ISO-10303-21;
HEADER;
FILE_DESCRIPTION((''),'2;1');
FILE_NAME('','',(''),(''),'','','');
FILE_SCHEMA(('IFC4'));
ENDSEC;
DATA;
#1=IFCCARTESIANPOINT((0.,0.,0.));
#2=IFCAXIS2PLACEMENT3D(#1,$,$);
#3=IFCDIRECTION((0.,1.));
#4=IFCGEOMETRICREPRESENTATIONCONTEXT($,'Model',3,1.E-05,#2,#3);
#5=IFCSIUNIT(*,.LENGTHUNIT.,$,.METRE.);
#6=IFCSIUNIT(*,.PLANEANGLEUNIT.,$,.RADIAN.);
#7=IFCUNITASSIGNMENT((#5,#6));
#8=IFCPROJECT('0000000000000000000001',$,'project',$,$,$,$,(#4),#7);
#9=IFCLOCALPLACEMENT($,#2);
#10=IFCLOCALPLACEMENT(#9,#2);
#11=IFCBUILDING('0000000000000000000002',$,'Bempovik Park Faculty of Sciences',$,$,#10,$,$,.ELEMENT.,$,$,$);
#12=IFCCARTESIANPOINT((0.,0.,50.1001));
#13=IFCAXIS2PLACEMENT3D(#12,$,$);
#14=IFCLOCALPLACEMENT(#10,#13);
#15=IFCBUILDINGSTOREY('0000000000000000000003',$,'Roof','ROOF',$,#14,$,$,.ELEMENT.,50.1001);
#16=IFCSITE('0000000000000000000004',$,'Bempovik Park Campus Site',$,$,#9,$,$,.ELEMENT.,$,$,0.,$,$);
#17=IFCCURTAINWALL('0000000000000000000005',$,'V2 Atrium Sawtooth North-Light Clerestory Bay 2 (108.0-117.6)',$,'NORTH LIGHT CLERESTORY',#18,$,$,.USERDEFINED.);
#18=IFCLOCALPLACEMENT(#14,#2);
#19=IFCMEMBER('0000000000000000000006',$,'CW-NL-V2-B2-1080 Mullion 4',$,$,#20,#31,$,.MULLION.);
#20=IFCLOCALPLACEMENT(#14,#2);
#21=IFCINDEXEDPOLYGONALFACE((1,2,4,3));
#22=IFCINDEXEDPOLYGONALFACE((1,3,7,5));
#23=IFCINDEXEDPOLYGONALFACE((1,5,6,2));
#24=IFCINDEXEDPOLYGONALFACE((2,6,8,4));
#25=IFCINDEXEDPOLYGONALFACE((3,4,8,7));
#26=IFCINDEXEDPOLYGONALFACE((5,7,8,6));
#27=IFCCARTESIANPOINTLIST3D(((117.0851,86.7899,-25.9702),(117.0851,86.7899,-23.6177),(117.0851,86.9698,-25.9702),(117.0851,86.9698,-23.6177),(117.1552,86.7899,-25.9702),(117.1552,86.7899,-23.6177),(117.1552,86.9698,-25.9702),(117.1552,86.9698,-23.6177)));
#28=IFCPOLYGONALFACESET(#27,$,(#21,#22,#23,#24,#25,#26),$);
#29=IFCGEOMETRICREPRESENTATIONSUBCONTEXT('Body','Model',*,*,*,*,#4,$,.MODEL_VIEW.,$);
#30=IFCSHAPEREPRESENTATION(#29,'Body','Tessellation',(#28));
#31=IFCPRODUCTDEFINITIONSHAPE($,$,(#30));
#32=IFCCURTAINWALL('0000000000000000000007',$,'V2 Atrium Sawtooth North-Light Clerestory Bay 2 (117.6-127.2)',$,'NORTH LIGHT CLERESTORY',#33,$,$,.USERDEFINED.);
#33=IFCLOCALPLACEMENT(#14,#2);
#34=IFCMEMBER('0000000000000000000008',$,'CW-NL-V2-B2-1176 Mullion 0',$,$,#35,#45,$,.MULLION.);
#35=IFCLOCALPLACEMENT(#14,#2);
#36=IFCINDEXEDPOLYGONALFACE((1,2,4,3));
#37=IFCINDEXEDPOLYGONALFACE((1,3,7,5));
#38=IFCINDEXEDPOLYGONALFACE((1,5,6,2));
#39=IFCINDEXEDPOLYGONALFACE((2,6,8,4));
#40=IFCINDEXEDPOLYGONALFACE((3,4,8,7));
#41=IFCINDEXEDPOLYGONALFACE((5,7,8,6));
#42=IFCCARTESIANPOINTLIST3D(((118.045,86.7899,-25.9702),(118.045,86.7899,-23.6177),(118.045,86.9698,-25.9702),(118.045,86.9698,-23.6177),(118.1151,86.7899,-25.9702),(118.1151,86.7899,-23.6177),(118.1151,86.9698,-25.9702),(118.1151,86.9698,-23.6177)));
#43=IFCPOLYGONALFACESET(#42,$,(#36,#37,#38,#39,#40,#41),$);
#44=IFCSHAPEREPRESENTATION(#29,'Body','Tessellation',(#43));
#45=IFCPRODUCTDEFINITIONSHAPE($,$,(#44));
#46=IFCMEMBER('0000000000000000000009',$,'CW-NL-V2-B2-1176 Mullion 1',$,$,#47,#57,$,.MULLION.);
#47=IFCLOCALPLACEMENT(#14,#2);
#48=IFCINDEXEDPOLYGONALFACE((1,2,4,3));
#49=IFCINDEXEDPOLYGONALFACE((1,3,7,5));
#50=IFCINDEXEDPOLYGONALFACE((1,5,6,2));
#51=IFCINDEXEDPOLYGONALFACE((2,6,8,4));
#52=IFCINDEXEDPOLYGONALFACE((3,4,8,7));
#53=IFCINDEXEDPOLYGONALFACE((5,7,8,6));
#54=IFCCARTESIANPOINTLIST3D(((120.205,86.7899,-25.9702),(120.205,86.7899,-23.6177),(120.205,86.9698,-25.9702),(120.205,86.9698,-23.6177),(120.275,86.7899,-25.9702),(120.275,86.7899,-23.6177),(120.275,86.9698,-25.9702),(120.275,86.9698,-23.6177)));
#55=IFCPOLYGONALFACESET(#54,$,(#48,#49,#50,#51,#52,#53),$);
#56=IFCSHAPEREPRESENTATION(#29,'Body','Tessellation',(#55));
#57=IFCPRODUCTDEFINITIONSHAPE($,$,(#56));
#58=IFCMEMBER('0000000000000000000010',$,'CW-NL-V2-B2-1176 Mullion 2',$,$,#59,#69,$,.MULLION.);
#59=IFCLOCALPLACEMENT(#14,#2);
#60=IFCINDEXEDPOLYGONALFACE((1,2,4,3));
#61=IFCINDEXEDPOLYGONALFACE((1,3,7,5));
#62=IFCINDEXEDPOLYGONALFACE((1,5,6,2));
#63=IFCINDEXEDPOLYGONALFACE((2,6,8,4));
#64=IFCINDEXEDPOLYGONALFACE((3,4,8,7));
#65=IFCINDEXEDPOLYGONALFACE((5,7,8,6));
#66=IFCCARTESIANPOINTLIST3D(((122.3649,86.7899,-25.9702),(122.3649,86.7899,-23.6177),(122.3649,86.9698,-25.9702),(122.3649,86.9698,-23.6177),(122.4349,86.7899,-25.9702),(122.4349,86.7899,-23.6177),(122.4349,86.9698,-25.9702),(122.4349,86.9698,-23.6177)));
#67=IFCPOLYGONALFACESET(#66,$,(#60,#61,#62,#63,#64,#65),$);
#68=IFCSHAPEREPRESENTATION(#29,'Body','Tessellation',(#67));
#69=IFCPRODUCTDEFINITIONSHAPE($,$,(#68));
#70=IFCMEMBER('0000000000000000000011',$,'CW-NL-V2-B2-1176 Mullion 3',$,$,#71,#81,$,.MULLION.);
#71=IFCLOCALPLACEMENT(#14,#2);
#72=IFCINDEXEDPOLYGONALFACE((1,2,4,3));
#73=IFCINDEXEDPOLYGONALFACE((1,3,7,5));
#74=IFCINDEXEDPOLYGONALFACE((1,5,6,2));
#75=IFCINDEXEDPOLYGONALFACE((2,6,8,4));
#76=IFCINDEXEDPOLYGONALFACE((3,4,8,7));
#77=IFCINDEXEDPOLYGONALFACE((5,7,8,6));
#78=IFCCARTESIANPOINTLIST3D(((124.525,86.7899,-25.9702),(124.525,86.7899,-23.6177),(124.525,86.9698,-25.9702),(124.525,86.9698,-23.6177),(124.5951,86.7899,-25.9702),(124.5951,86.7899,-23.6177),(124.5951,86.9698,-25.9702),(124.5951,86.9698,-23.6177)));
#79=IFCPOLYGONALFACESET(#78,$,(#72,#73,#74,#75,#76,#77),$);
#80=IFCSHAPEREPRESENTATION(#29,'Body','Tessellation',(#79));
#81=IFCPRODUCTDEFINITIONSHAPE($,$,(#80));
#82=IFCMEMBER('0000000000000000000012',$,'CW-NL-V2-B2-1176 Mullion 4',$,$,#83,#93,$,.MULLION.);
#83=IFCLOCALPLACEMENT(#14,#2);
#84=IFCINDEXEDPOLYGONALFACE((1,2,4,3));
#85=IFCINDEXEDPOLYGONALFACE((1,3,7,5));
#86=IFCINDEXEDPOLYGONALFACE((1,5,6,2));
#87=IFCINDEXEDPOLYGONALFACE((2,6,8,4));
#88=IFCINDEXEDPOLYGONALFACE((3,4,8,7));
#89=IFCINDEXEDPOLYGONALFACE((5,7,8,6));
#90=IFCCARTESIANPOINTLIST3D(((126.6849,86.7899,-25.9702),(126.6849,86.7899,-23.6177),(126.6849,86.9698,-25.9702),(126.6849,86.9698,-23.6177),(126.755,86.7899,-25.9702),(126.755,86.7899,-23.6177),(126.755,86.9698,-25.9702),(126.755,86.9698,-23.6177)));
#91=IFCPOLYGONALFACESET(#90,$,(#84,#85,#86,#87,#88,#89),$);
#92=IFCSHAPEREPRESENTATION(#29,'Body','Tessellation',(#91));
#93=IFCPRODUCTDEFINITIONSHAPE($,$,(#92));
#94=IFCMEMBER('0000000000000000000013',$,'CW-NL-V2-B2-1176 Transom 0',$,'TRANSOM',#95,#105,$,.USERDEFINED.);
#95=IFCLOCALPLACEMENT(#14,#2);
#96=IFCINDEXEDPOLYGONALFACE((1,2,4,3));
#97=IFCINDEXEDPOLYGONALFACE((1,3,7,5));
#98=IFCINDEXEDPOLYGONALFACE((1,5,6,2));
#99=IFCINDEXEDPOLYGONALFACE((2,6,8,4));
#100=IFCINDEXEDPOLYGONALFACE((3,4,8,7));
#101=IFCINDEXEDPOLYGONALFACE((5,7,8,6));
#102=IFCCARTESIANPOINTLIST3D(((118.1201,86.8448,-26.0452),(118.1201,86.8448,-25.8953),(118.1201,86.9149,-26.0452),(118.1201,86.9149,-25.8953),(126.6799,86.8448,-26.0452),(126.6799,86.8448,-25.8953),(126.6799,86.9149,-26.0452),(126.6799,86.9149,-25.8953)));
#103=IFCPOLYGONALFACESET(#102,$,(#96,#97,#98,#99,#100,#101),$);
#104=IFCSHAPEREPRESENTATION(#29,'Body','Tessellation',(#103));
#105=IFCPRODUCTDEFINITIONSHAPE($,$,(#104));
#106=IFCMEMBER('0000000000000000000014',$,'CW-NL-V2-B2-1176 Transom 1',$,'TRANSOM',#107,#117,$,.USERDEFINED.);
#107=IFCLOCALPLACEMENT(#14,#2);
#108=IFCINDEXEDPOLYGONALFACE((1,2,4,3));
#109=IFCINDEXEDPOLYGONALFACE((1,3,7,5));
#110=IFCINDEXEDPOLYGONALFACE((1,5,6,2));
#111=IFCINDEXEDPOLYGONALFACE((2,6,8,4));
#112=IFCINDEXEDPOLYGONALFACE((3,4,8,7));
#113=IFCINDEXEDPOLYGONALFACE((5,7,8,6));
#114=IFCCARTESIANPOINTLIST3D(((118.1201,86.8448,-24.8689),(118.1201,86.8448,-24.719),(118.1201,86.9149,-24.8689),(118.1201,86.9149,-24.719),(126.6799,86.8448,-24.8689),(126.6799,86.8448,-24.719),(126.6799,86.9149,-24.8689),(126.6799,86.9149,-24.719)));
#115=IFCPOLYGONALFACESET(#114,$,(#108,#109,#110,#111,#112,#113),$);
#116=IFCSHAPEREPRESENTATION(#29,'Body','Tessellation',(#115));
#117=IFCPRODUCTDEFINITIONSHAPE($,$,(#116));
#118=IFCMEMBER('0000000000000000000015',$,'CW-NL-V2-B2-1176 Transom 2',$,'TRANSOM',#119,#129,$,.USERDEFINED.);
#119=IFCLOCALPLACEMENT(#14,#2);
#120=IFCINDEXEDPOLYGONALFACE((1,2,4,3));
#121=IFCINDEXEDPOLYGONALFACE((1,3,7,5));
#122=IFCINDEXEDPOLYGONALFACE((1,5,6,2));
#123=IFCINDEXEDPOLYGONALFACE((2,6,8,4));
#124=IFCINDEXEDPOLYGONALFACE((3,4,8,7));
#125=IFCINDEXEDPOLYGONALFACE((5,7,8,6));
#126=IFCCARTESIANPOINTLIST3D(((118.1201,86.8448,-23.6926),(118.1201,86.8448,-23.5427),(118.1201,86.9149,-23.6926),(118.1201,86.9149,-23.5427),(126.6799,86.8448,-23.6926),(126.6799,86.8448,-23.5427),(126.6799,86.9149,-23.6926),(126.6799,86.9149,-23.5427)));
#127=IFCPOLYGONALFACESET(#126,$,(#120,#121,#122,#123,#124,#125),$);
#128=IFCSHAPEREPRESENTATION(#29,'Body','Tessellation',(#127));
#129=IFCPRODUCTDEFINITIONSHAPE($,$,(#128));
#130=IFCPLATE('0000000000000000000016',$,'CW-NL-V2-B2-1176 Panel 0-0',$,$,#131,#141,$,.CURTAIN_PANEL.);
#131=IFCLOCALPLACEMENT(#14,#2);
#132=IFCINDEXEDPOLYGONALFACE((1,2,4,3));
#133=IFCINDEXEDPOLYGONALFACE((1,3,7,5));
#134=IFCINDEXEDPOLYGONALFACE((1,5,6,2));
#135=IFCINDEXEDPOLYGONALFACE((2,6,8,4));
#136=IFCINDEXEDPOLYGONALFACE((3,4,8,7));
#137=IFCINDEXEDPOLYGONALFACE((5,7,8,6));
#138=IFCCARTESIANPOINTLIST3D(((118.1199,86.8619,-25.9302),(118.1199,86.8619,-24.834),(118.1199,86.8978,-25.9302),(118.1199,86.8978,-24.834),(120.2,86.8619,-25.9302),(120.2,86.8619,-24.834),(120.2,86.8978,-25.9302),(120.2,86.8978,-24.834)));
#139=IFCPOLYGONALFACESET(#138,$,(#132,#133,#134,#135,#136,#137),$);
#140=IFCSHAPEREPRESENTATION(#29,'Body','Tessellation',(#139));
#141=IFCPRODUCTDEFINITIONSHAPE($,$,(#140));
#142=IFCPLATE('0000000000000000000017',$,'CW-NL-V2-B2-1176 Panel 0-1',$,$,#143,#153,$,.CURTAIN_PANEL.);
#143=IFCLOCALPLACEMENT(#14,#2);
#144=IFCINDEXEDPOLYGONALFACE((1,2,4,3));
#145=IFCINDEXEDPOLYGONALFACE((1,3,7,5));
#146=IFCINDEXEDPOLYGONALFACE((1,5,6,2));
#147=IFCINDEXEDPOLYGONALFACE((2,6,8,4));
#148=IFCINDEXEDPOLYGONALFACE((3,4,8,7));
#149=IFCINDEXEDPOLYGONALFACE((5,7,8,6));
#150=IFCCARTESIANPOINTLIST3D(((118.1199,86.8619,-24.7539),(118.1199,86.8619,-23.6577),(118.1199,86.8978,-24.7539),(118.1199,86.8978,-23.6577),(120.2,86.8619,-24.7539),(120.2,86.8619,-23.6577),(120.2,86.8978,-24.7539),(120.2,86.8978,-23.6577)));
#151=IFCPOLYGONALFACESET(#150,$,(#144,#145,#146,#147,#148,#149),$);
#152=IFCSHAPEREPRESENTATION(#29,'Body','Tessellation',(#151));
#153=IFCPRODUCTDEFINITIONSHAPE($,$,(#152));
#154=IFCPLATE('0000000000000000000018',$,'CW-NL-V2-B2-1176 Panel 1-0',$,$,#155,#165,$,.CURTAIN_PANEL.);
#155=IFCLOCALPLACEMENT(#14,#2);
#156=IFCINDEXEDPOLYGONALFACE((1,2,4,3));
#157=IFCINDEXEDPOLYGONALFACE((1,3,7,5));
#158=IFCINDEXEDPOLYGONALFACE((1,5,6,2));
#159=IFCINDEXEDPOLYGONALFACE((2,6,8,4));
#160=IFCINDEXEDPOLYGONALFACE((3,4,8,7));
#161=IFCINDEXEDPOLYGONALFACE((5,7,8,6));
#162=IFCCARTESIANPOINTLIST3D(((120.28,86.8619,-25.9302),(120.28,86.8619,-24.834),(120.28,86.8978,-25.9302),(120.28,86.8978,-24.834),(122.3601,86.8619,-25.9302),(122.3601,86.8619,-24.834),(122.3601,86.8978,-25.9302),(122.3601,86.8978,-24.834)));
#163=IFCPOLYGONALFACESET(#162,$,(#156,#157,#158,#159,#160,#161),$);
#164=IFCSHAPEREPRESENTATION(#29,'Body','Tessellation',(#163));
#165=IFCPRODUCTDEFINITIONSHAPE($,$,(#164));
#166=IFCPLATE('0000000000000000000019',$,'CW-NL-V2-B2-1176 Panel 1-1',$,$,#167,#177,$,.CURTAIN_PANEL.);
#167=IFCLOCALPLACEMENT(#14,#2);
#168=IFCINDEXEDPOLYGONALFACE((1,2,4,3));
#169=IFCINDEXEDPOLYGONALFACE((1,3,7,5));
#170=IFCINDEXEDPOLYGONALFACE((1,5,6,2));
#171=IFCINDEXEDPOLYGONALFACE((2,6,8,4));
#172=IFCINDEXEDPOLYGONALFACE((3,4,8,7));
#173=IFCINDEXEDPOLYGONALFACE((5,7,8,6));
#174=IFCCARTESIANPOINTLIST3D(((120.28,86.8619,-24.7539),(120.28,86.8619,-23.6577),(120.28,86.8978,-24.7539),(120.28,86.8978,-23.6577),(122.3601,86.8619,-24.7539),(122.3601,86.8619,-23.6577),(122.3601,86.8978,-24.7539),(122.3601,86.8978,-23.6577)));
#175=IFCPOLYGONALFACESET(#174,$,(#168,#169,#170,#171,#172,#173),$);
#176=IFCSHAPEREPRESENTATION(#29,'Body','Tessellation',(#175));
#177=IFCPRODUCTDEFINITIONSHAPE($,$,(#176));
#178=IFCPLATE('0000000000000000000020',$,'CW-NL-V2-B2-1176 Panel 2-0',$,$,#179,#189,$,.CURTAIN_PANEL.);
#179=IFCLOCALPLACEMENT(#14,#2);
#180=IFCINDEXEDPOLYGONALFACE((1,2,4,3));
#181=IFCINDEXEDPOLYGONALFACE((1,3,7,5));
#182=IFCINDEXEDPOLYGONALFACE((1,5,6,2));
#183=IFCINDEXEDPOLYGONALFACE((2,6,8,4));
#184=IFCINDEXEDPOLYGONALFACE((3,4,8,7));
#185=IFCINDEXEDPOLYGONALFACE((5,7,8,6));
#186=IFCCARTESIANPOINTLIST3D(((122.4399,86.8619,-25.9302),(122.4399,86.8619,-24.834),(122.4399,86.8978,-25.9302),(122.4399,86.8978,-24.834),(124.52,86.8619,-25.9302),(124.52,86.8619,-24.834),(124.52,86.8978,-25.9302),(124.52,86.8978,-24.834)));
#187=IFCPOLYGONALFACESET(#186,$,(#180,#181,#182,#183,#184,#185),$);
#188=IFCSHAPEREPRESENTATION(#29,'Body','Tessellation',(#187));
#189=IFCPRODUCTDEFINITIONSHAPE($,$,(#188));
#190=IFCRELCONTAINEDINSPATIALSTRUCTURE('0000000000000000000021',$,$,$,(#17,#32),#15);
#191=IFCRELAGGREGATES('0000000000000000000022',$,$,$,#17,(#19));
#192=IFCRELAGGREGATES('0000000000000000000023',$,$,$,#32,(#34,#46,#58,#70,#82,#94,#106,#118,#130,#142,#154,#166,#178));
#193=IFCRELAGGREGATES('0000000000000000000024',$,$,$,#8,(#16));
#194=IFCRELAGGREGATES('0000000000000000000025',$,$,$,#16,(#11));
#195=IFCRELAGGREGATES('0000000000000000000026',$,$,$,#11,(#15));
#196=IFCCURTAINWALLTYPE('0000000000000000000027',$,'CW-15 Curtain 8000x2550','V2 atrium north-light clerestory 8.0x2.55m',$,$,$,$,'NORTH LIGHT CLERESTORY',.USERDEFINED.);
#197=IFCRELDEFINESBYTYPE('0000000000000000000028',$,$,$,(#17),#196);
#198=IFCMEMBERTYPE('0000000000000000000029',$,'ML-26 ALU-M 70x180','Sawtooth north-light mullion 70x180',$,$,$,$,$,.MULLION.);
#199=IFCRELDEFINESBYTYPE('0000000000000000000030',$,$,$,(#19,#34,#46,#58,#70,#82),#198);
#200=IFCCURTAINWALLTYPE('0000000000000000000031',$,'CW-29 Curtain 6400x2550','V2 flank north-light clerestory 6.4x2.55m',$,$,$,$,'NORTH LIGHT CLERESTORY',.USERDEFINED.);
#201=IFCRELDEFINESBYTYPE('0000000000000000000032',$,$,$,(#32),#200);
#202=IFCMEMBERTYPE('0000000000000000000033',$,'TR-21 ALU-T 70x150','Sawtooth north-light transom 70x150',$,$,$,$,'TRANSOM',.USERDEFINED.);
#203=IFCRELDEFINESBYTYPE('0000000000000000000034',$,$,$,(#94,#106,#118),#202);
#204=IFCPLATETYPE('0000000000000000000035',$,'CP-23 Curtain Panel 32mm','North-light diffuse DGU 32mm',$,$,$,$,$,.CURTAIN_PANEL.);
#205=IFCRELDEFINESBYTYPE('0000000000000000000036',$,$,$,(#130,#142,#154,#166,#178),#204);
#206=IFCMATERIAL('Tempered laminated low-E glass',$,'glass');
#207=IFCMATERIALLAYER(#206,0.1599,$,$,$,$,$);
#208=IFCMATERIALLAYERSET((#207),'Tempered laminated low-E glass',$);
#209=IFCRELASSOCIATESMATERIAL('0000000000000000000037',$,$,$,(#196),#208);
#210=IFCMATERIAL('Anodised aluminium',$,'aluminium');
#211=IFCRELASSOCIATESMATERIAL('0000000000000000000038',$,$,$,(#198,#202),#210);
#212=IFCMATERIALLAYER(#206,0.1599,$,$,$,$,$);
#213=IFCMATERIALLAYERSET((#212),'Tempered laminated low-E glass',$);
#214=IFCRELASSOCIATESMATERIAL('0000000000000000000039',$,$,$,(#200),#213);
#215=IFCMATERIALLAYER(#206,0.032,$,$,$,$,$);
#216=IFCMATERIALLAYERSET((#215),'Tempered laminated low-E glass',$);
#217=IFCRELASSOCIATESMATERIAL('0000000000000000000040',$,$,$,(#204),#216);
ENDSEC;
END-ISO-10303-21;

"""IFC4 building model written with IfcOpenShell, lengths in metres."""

from ifc_helpers import new_model, si_unit, direction, frame, origin, origin_2d, place, context, subcontext, project, spatial, rectangle, extrude, material, layer, layer_set, material_profile, profile_set, type_object, element, aggregate, save


model = new_model("IFC4")

# Units and contexts
model_context = context("Model", 3, precision=1e-05, world=origin(), true_north=direction((0.0, 1.0)))
body_context = subcontext(model_context, "Body", "Model", "MODEL_VIEW")
ifc_project = project(units=[si_unit("LENGTHUNIT", "METRE"), si_unit("PLANEANGLEUNIT", "RADIAN")], contexts=[model_context])

# Site, building, storey
site_placement = place(None, origin())
site = spatial("IfcSite", under=ifc_project, at=site_placement, Name="Bempovik Park Campus Site", CompositionType="ELEMENT", RefElevation=0.0)
building_placement = place(site_placement, origin())
building = spatial("IfcBuilding", under=site, at=building_placement, Name="Bempovik Park Faculty of Sciences", CompositionType="ELEMENT")
storey_placement = place(building_placement, frame((0.0, 0.0, 50.1001)))
storey = spatial("IfcBuildingStorey", under=building, at=storey_placement, Name="Roof", Description="ROOF", CompositionType="ELEMENT", Elevation=50.1001)

# Curtain wall, member
ifc_material_1 = material(Name="Tempered laminated low-E glass", Category="glass")
ifc_layer_1 = layer(ifc_material_1, 0.1599)
ifc_layer_set_1 = layer_set([ifc_layer_1], Name="Tempered laminated low-E glass")
curtain_wall_type_1 = type_object("IfcCurtainWallType", Name="CW-15 Curtain 8000x2550", Description="V2 atrium north-light clerestory 8.0x2.55m", ElementType="NORTH LIGHT CLERESTORY", PredefinedType="USERDEFINED", material=ifc_layer_set_1)
curtain_wall_1_placement = place(storey_placement, origin())
curtain_wall_1 = element("IfcCurtainWall", 1, at=curtain_wall_1_placement, inside=storey, type_object=curtain_wall_type_1, Name="V2 Atrium Sawtooth North-Light Clerestory Bay 2 (108.0-117.6)", ObjectType="NORTH LIGHT CLERESTORY", PredefinedType="USERDEFINED")
ifc_material_2 = material(Name="Anodised aluminium", Category="aluminium")
ifc_material_profile_1 = material_profile(ifc_material_2, rectangle(XDim=0.0701, YDim=0.1799, at=origin_2d()), Name="ALU-M 70x180")
ifc_profile_set_1 = profile_set([ifc_material_profile_1], Name="Anodised aluminium")
member_type_1 = type_object("IfcMemberType", Name="ML-26 ALU-M 70x180", Description="Sawtooth north-light mullion 70x180", PredefinedType="MULLION", material=ifc_profile_set_1)
member_1_placement = place(storey_placement, frame((117.1201, 86.8799, -25.9702), z_axis=(0.0, 0.0, 1.0), x_axis=(1.0, 0.0, 0.0)))
member_1 = element("IfcMember", 2, at=member_1_placement, type_object=member_type_1, Name="CW-NL-V2-B2-1080 Mullion 4", PredefinedType="MULLION", context=body_context, shape_type="SweptSolid", body=[
    extrude(rectangle(XDim=0.0701, YDim=0.1799, at=origin_2d()), origin(), (0.0, 0.0, 1.0), 2.3525),
])
aggregate(curtain_wall_1, [member_1])

# Curtain wall, members, plates
ifc_layer_2 = layer(ifc_material_1, 0.1599)
ifc_layer_set_2 = layer_set([ifc_layer_2], Name="Tempered laminated low-E glass")
curtain_wall_type_2 = type_object("IfcCurtainWallType", Name="CW-29 Curtain 6400x2550", Description="V2 flank north-light clerestory 6.4x2.55m", ElementType="NORTH LIGHT CLERESTORY", PredefinedType="USERDEFINED", material=ifc_layer_set_2)
curtain_wall_2_placement = place(storey_placement, origin())
curtain_wall_2 = element("IfcCurtainWall", 3, at=curtain_wall_2_placement, inside=storey, type_object=curtain_wall_type_2, Name="V2 Atrium Sawtooth North-Light Clerestory Bay 2 (117.6-127.2)", ObjectType="NORTH LIGHT CLERESTORY", PredefinedType="USERDEFINED")
member_2_placement = place(storey_placement, frame((118.0801, 86.8799, -25.9702), z_axis=(0.0, 0.0, 1.0), x_axis=(1.0, 0.0, 0.0)))
member_2 = element("IfcMember", 4, at=member_2_placement, type_object=member_type_1, Name="CW-NL-V2-B2-1176 Mullion 0", PredefinedType="MULLION", context=body_context, shape_type="SweptSolid", body=[
    extrude(rectangle(XDim=0.0701, YDim=0.1799, at=origin_2d()), origin(), (0.0, 0.0, 1.0), 2.3525),
])
member_3_placement = place(storey_placement, frame((120.24, 86.8799, -25.9702), z_axis=(0.0, 0.0, 1.0), x_axis=(1.0, 0.0, 0.0)))
member_3 = element("IfcMember", 5, at=member_3_placement, type_object=member_type_1, Name="CW-NL-V2-B2-1176 Mullion 1", PredefinedType="MULLION", context=body_context, shape_type="SweptSolid", body=[
    extrude(rectangle(XDim=0.0701, YDim=0.1799, at=origin_2d()), origin(), (0.0, 0.0, 1.0), 2.3525),
])
member_4_placement = place(storey_placement, frame((122.3999, 86.8799, -25.9702), z_axis=(0.0, 0.0, 1.0), x_axis=(1.0, 0.0, 0.0)))
member_4 = element("IfcMember", 6, at=member_4_placement, type_object=member_type_1, Name="CW-NL-V2-B2-1176 Mullion 2", PredefinedType="MULLION", context=body_context, shape_type="SweptSolid", body=[
    extrude(rectangle(XDim=0.0701, YDim=0.1799, at=origin_2d()), origin(), (0.0, 0.0, 1.0), 2.3525),
])
member_5_placement = place(storey_placement, frame((124.5601, 86.8799, -25.9702), z_axis=(0.0, 0.0, 1.0), x_axis=(1.0, 0.0, 0.0)))
member_5 = element("IfcMember", 7, at=member_5_placement, type_object=member_type_1, Name="CW-NL-V2-B2-1176 Mullion 3", PredefinedType="MULLION", context=body_context, shape_type="SweptSolid", body=[
    extrude(rectangle(XDim=0.0701, YDim=0.1799, at=origin_2d()), origin(), (0.0, 0.0, 1.0), 2.3525),
])
member_6_placement = place(storey_placement, frame((126.72, 86.8799, -25.9702), z_axis=(0.0, 0.0, 1.0), x_axis=(1.0, 0.0, 0.0)))
member_6 = element("IfcMember", 8, at=member_6_placement, type_object=member_type_1, Name="CW-NL-V2-B2-1176 Mullion 4", PredefinedType="MULLION", context=body_context, shape_type="SweptSolid", body=[
    extrude(rectangle(XDim=0.0701, YDim=0.1799, at=origin_2d()), origin(), (0.0, 0.0, 1.0), 2.3525),
])
ifc_material_profile_2 = material_profile(ifc_material_2, rectangle(XDim=0.0701, YDim=0.1499, at=origin_2d()), Name="ALU-T 70x150")
ifc_profile_set_2 = profile_set([ifc_material_profile_2], Name="Anodised aluminium")
member_type_2 = type_object("IfcMemberType", Name="TR-21 ALU-T 70x150", Description="Sawtooth north-light transom 70x150", ElementType="TRANSOM", PredefinedType="USERDEFINED", material=ifc_profile_set_2)
member_7_placement = place(storey_placement, frame((118.1201, 86.8799, -25.9702), z_axis=(1.0, 0.0, 0.0), x_axis=(0.0, 1.0, 0.0)))
member_7 = element("IfcMember", 9, at=member_7_placement, type_object=member_type_2, Name="CW-NL-V2-B2-1176 Transom 0", ObjectType="TRANSOM", PredefinedType="USERDEFINED", context=body_context, shape_type="SweptSolid", body=[
    extrude(rectangle(XDim=0.0701, YDim=0.1499, at=origin_2d()), origin(), (0.0, 0.0, 1.0), 8.5598),
])
member_8_placement = place(storey_placement, frame((118.1201, 86.8799, -24.7939), z_axis=(1.0, 0.0, 0.0), x_axis=(0.0, 1.0, 0.0)))
member_8 = element("IfcMember", 10, at=member_8_placement, type_object=member_type_2, Name="CW-NL-V2-B2-1176 Transom 1", ObjectType="TRANSOM", PredefinedType="USERDEFINED", context=body_context, shape_type="SweptSolid", body=[
    extrude(rectangle(XDim=0.0701, YDim=0.1499, at=origin_2d()), origin(), (0.0, 0.0, 1.0), 8.5598),
])
member_9_placement = place(storey_placement, frame((118.1201, 86.8799, -23.6177), z_axis=(1.0, 0.0, 0.0), x_axis=(0.0, 1.0, 0.0)))
member_9 = element("IfcMember", 11, at=member_9_placement, type_object=member_type_2, Name="CW-NL-V2-B2-1176 Transom 2", ObjectType="TRANSOM", PredefinedType="USERDEFINED", context=body_context, shape_type="SweptSolid", body=[
    extrude(rectangle(XDim=0.0701, YDim=0.1499, at=origin_2d()), origin(), (0.0, 0.0, 1.0), 8.5598),
])
ifc_layer_3 = layer(ifc_material_1, 0.032)
ifc_layer_set_3 = layer_set([ifc_layer_3], Name="Tempered laminated low-E glass")
plate_type = type_object("IfcPlateType", Name="CP-23 Curtain Panel 32mm", Description="North-light diffuse DGU 32mm", PredefinedType="CURTAIN_PANEL", material=ifc_layer_set_3)
plate_1_placement = place(storey_placement, frame((119.1599, 86.8799, -25.9302), z_axis=(0.0, 0.0, 1.0), x_axis=(1.0, 0.0, 0.0)))
plate_1 = element("IfcPlate", 12, at=plate_1_placement, type_object=plate_type, Name="CW-NL-V2-B2-1176 Panel 0-0", PredefinedType="CURTAIN_PANEL", context=body_context, shape_type="SweptSolid", body=[
    extrude(rectangle(XDim=2.0801, YDim=0.0359, at=origin_2d()), origin(), (0.0, 0.0, 1.0), 1.0962),
])
plate_2_placement = place(storey_placement, frame((119.1599, 86.8799, -24.7539), z_axis=(0.0, 0.0, 1.0), x_axis=(1.0, 0.0, 0.0)))
plate_2 = element("IfcPlate", 13, at=plate_2_placement, type_object=plate_type, Name="CW-NL-V2-B2-1176 Panel 0-1", PredefinedType="CURTAIN_PANEL", context=body_context, shape_type="SweptSolid", body=[
    extrude(rectangle(XDim=2.0801, YDim=0.0359, at=origin_2d()), origin(), (0.0, 0.0, 1.0), 1.0962),
])
plate_3_placement = place(storey_placement, frame((121.3201, 86.8799, -25.9302), z_axis=(0.0, 0.0, 1.0), x_axis=(1.0, 0.0, 0.0)))
plate_3 = element("IfcPlate", 14, at=plate_3_placement, type_object=plate_type, Name="CW-NL-V2-B2-1176 Panel 1-0", PredefinedType="CURTAIN_PANEL", context=body_context, shape_type="SweptSolid", body=[
    extrude(rectangle(XDim=2.0801, YDim=0.0359, at=origin_2d()), origin(), (0.0, 0.0, 1.0), 1.0962),
])
plate_4_placement = place(storey_placement, frame((121.3201, 86.8799, -24.7539), z_axis=(0.0, 0.0, 1.0), x_axis=(1.0, 0.0, 0.0)))
plate_4 = element("IfcPlate", 15, at=plate_4_placement, type_object=plate_type, Name="CW-NL-V2-B2-1176 Panel 1-1", PredefinedType="CURTAIN_PANEL", context=body_context, shape_type="SweptSolid", body=[
    extrude(rectangle(XDim=2.0801, YDim=0.0359, at=origin_2d()), origin(), (0.0, 0.0, 1.0), 1.0962),
])
plate_5_placement = place(storey_placement, frame((123.48, 86.8799, -25.9302), z_axis=(0.0, 0.0, 1.0), x_axis=(1.0, 0.0, 0.0)))
plate_5 = element("IfcPlate", 16, at=plate_5_placement, type_object=plate_type, Name="CW-NL-V2-B2-1176 Panel 2-0", PredefinedType="CURTAIN_PANEL", context=body_context, shape_type="SweptSolid", body=[
    extrude(rectangle(XDim=2.0801, YDim=0.0359, at=origin_2d()), origin(), (0.0, 0.0, 1.0), 1.0962),
])
aggregate(curtain_wall_2, [member_2, member_3, member_4, member_5, member_6, member_7, member_8, member_9, plate_1, plate_2, plate_3, plate_4, plate_5])

save(model, "model.ifc")
